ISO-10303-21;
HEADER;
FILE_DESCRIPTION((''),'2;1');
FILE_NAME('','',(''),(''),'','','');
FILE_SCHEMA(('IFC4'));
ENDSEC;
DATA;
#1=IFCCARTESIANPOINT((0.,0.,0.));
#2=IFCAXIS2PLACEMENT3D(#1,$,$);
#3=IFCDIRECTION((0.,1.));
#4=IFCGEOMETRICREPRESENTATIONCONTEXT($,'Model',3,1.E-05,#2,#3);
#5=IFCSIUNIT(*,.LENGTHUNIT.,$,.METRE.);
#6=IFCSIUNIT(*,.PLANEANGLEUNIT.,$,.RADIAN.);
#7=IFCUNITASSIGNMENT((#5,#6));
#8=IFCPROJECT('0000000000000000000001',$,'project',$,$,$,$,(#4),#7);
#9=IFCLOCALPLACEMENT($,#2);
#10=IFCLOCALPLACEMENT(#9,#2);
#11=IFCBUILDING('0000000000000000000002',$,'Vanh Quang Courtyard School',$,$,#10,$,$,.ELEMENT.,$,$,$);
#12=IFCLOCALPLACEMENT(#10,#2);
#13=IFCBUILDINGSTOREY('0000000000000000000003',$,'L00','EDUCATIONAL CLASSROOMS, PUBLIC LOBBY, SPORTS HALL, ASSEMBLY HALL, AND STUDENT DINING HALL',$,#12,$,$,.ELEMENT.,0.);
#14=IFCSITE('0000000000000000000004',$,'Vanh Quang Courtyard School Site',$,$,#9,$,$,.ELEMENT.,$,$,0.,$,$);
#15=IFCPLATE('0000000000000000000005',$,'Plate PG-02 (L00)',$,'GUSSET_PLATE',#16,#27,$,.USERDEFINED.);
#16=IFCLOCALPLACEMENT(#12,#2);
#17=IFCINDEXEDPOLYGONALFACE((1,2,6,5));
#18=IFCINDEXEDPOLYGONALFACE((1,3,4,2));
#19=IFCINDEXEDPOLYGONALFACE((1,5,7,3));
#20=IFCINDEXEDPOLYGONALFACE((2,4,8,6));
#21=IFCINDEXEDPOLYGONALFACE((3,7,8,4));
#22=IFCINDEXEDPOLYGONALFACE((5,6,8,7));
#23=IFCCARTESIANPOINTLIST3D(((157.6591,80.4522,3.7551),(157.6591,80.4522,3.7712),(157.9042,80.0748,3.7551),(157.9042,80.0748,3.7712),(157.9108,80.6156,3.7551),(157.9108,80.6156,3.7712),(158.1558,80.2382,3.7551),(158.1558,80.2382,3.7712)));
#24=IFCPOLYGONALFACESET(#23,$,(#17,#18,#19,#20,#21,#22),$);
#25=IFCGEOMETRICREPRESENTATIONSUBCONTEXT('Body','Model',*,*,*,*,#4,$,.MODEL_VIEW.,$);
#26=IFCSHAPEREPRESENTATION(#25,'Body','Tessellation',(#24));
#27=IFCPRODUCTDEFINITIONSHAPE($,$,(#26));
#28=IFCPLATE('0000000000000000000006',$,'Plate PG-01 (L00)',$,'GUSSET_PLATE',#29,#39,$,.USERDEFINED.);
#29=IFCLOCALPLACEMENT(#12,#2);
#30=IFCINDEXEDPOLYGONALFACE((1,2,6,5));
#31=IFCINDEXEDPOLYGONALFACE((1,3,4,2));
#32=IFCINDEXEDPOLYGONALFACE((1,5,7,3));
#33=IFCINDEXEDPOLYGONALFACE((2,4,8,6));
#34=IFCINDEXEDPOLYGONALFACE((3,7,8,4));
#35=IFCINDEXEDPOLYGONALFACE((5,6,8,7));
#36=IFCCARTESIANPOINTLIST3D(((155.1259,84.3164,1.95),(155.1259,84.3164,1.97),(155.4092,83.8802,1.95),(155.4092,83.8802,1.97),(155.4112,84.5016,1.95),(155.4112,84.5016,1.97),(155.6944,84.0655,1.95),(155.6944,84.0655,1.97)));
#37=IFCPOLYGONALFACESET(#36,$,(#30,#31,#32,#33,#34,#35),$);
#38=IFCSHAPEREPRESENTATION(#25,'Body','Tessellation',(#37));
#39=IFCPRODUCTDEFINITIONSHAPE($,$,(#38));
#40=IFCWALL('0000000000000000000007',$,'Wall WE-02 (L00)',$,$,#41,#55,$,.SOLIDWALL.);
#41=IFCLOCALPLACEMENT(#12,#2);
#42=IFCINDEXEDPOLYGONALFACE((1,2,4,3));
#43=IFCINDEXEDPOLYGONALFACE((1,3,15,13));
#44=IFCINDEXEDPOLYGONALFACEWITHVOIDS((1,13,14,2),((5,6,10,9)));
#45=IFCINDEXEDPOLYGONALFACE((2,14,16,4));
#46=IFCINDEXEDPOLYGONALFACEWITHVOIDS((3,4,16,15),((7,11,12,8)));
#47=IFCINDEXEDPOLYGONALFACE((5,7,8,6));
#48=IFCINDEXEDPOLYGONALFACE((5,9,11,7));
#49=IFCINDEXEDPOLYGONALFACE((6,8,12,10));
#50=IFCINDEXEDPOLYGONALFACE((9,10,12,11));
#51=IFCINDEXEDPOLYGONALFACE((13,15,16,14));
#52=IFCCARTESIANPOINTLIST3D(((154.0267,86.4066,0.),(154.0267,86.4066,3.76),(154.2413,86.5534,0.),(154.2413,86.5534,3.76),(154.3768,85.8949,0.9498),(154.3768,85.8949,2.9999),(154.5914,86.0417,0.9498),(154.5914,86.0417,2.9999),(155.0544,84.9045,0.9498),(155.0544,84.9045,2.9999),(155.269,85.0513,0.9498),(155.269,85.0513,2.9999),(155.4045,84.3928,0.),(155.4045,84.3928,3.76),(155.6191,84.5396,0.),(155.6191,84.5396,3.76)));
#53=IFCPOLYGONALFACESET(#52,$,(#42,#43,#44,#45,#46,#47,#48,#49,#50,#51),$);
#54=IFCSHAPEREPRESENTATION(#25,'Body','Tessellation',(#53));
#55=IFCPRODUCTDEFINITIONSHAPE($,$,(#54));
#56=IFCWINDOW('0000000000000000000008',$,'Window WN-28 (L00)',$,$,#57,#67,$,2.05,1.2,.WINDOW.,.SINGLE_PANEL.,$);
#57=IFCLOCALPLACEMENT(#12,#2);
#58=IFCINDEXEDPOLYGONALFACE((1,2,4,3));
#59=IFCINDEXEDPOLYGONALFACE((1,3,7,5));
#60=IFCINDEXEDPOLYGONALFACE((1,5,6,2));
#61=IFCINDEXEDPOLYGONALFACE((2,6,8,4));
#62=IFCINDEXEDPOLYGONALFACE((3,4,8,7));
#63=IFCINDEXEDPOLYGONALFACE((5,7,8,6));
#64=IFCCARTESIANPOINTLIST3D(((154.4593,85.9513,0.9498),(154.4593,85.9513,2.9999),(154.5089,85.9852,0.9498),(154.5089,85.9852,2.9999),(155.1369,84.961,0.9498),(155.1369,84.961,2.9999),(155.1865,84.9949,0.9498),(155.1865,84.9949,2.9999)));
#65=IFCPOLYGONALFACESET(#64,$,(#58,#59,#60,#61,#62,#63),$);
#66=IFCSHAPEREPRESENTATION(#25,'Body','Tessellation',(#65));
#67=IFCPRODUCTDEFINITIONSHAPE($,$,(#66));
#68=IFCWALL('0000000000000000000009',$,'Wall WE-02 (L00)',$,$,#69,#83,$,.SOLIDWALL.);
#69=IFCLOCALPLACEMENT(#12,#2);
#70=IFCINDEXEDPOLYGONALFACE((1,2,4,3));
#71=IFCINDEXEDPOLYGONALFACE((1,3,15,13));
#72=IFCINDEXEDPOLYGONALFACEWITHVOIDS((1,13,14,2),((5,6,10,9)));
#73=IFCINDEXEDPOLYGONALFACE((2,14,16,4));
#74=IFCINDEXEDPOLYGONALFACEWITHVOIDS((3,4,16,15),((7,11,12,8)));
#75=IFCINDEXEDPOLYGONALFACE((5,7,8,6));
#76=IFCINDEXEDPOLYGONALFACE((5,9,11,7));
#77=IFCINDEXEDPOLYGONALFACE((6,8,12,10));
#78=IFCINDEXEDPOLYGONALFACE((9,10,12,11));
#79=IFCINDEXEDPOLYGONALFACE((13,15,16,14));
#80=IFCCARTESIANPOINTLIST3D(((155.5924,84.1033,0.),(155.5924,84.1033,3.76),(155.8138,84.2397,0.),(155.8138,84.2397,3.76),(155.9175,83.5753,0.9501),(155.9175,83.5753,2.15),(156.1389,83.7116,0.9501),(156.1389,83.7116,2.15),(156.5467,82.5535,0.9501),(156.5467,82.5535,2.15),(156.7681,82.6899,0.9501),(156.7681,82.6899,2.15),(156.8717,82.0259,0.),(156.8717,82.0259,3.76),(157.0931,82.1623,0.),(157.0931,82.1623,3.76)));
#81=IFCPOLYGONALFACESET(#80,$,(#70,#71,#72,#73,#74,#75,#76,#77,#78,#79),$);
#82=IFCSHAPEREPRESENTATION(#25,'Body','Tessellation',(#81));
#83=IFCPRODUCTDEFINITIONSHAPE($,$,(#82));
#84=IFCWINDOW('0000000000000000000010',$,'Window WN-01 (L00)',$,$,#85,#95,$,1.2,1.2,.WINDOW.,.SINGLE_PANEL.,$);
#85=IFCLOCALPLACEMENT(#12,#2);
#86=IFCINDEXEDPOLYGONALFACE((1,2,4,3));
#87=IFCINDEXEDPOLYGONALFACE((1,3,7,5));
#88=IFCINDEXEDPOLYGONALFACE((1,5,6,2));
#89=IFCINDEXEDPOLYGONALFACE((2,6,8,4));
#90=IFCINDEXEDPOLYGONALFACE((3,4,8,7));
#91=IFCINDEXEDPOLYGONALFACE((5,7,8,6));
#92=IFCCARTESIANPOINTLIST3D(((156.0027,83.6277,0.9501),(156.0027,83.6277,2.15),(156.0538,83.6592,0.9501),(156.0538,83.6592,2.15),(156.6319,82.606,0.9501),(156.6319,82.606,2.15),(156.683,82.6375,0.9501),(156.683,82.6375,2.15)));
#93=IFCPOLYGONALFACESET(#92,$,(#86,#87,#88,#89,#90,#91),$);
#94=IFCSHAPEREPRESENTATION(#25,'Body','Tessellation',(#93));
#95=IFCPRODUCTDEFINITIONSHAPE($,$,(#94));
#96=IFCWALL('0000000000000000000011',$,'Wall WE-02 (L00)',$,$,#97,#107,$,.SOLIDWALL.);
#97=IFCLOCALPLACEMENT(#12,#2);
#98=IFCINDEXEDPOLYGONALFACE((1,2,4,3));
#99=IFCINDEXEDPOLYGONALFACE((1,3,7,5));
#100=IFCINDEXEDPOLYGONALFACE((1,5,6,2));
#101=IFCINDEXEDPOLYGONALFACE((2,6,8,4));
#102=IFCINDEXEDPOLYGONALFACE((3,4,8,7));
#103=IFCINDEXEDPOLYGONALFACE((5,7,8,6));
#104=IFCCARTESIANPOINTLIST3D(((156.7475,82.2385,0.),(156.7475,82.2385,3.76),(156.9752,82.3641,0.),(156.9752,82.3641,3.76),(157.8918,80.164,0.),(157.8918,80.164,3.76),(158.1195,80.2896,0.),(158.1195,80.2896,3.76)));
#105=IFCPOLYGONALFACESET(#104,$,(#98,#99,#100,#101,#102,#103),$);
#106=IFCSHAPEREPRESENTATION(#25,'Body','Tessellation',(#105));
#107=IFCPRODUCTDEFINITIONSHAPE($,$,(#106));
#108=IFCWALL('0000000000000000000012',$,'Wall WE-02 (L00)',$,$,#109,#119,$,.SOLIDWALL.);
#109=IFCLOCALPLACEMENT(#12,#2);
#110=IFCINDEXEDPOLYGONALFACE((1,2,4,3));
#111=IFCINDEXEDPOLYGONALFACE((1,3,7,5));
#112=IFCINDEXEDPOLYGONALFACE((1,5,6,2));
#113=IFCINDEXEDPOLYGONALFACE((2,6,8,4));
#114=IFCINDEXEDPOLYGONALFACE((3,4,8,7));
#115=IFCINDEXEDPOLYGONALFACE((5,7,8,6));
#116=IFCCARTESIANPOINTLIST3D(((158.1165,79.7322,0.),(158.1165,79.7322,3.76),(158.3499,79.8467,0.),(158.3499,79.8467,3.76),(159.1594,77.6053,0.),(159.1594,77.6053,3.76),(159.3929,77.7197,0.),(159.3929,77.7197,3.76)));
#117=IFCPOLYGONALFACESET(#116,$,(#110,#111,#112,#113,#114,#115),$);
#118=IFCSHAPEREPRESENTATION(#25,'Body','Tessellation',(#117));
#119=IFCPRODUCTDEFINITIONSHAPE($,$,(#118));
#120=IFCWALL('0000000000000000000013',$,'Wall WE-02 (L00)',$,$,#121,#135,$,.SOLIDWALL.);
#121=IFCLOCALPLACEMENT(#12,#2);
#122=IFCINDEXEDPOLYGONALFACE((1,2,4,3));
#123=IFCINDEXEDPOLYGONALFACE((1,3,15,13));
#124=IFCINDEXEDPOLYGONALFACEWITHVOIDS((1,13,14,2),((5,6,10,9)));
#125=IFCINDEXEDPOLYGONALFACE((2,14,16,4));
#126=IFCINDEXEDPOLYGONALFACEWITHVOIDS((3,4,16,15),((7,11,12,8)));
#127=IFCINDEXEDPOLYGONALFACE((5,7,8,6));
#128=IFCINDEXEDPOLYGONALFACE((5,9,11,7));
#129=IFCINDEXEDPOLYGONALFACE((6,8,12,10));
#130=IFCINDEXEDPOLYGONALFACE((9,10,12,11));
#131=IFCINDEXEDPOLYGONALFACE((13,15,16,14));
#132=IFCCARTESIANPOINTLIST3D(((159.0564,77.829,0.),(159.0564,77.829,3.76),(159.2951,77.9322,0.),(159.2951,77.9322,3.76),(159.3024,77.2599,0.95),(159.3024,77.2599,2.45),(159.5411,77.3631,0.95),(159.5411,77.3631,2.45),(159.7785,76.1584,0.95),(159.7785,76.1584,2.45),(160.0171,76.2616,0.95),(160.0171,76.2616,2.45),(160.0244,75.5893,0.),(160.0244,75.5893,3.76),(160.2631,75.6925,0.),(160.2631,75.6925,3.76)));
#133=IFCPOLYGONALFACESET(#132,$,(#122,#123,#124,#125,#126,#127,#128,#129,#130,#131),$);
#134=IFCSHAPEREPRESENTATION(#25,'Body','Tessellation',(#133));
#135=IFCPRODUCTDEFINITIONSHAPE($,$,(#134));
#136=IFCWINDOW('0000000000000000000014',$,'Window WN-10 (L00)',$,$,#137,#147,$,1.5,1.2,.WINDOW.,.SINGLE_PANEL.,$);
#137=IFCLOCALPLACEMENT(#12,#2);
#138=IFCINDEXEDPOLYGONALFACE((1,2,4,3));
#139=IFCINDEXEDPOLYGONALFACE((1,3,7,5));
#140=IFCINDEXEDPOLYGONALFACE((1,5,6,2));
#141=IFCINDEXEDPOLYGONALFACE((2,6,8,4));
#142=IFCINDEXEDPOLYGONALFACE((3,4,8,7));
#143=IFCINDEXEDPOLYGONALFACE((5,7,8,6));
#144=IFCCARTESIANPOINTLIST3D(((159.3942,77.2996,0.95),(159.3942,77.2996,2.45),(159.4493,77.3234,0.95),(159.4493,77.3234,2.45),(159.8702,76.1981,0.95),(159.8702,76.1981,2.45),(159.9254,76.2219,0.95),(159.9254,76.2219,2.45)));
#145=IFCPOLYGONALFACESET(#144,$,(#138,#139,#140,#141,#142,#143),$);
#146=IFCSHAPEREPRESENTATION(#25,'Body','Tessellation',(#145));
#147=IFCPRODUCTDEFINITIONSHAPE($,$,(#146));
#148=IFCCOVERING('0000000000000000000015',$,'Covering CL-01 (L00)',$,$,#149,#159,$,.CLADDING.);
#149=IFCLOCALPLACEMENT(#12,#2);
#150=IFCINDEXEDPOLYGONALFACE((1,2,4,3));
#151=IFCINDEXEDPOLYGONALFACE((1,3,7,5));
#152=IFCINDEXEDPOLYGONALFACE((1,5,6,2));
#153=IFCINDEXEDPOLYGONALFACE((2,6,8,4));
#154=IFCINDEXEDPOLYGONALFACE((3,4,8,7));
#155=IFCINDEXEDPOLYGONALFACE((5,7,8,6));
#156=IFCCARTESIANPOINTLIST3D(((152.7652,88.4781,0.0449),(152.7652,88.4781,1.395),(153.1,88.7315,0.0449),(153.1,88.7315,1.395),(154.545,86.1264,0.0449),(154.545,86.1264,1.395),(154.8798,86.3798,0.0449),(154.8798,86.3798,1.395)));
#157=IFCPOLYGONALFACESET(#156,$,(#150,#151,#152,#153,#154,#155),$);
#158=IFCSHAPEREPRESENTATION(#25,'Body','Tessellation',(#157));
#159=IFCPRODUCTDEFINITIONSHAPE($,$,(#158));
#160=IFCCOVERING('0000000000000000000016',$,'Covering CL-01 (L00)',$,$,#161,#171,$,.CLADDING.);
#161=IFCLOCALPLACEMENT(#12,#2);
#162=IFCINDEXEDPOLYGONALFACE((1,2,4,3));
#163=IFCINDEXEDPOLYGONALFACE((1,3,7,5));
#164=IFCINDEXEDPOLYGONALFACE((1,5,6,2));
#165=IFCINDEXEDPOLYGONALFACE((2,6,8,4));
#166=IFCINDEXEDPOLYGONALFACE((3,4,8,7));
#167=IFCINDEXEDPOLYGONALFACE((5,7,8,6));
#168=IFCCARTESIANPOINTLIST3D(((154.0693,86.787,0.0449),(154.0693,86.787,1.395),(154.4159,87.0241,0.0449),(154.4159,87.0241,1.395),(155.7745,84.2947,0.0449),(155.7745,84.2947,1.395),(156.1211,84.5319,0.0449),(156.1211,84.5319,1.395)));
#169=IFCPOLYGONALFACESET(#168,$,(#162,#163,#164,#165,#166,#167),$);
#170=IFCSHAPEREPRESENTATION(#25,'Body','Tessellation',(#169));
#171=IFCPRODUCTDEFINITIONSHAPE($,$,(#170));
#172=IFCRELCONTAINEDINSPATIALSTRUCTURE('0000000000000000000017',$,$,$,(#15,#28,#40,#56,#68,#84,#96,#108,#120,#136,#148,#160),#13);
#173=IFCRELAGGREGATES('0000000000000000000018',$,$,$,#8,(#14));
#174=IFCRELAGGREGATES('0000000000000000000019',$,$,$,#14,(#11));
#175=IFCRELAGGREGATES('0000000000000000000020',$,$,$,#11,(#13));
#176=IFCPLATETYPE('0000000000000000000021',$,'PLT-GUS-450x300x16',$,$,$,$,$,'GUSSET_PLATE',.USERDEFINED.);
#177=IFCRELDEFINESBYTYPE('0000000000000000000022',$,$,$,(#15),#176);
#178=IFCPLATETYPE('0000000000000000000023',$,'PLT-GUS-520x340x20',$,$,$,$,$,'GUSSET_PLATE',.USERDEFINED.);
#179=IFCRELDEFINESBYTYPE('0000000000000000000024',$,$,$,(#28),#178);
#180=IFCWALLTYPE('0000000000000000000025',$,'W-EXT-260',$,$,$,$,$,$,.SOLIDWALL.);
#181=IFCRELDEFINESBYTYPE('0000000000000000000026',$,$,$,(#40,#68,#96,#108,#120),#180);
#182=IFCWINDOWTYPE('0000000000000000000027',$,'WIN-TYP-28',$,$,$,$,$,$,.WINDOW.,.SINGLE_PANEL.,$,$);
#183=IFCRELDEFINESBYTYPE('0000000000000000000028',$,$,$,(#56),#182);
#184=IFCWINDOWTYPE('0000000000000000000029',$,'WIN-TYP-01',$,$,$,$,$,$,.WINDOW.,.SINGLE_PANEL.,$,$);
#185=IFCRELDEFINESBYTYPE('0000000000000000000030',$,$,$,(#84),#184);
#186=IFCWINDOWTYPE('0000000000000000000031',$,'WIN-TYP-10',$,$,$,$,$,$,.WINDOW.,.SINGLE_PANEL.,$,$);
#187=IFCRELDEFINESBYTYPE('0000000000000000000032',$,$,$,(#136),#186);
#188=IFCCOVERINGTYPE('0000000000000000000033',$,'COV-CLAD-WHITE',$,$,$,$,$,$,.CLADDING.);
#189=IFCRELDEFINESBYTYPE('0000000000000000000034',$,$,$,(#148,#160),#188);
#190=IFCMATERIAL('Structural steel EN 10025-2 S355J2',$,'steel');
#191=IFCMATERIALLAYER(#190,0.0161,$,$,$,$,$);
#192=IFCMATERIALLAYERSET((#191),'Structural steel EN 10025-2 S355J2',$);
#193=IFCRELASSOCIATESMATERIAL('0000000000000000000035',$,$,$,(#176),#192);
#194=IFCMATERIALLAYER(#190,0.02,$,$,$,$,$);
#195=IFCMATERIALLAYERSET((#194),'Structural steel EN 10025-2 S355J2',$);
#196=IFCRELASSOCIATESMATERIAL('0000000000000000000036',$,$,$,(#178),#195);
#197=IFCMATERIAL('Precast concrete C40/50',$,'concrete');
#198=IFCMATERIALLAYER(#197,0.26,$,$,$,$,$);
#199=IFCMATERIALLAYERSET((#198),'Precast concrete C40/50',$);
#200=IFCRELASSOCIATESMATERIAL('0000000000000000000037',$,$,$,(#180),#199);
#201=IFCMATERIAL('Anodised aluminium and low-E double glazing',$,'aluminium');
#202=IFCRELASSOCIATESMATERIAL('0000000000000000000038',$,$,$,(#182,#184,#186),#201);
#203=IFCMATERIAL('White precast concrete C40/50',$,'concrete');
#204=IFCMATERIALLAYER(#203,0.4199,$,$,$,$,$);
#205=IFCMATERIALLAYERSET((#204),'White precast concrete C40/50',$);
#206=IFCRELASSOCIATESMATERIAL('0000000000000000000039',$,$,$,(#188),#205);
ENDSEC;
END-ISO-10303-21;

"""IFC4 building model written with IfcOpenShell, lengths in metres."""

from ifc_helpers import new_model, si_unit, direction, frame, frame_2d, origin, origin_2d, place, context, subcontext, project, spatial, rectangle, extrude, material, layer, layer_set, type_object, element, fill, save


model = new_model("IFC4")

# Units and contexts
model_context = context("Model", 3, precision=1e-05, world=origin(), true_north=direction((0.0, 1.0)))
body_context = subcontext(model_context, "Body", "Model", "MODEL_VIEW")
ifc_project = project(units=[si_unit("LENGTHUNIT", "METRE"), si_unit("PLANEANGLEUNIT", "RADIAN")], contexts=[model_context])

# Site, building, storey
site_placement = place(None, origin())
site = spatial("IfcSite", under=ifc_project, at=site_placement, Name="Vanh Quang Courtyard School Site", CompositionType="ELEMENT", RefElevation=0.0)
building_placement = place(site_placement, origin())
building = spatial("IfcBuilding", under=site, at=building_placement, Name="Vanh Quang Courtyard School", CompositionType="ELEMENT")
storey_placement = place(building_placement, origin())
storey = spatial("IfcBuildingStorey", under=building, at=storey_placement, Name="L00", Description="EDUCATIONAL CLASSROOMS, PUBLIC LOBBY, SPORTS HALL, ASSEMBLY HALL, AND STUDENT DINING HALL", CompositionType="ELEMENT", Elevation=0.0)

# Shared definitions
ifc_material_1 = material(Name="Structural steel EN 10025-2 S355J2", Category="steel")

# Plates
ifc_layer_1 = layer(ifc_material_1, 0.0161)
ifc_layer_set_1 = layer_set([ifc_layer_1], Name="Structural steel EN 10025-2 S355J2")
plate_type_1 = type_object("IfcPlateType", Name="PLT-GUS-450x300x16", ElementType="GUSSET_PLATE", PredefinedType="USERDEFINED", material=ifc_layer_set_1)
for number, where, z_axis, x_axis, name in (
    (1, (157.9075, 80.3452, 3.7551), (0.0, 0.0, 1.0), (-0.544639, 0.838671, 0.0), "Plate PG-02 (L00)"),
):
    element("IfcPlate", number, at=place(storey_placement, frame(where, z_axis=z_axis, x_axis=x_axis)), inside=storey, type_object=plate_type_1, Name=name, ObjectType="GUSSET_PLATE", PredefinedType="USERDEFINED", context=body_context, shape_type="SweptSolid", body=[
        extrude(rectangle(XDim=0.45, YDim=0.3, at=origin_2d()), origin(), (0.0, 0.0, 1.0), 0.0161),
    ])
ifc_layer_2 = layer(ifc_material_1, 0.02)
ifc_layer_set_2 = layer_set([ifc_layer_2], Name="Structural steel EN 10025-2 S355J2")
plate_type_2 = type_object("IfcPlateType", Name="PLT-GUS-520x340x20", ElementType="GUSSET_PLATE", PredefinedType="USERDEFINED", material=ifc_layer_set_2)
plate_1_placement = place(storey_placement, frame((155.4102, 84.1909, 1.95), z_axis=(0.0, 0.0, 1.0), x_axis=(-0.544639, 0.838671, 0.0)))
element("IfcPlate", 2, at=plate_1_placement, inside=storey, type_object=plate_type_2, Name="Plate PG-01 (L00)", ObjectType="GUSSET_PLATE", PredefinedType="USERDEFINED", context=body_context, shape_type="SweptSolid", body=[
    extrude(rectangle(XDim=0.52, YDim=0.3401, at=origin_2d()), origin(), (0.0, 0.0, 1.0), 0.02),
])

# Walls, openings, windows
ifc_material_2 = material(Name="Precast concrete C40/50", Category="concrete")
ifc_layer_3 = layer(ifc_material_2, 0.26)
ifc_layer_set_3 = layer_set([ifc_layer_3], Name="Precast concrete C40/50")
wall_type = type_object("IfcWallType", Name="W-EXT-260", PredefinedType="SOLIDWALL", material=ifc_layer_set_3)
wall_1_placement = place(storey_placement, frame((154.134, 86.48, 0.0), z_axis=(0.0, 0.0, 1.0), x_axis=(0.564659, -0.825324, 0.0)))
wall_1 = element("IfcWall", 3, at=wall_1_placement, inside=storey, type_object=wall_type, Name="Wall WE-02 (L00)", PredefinedType="SOLIDWALL", context=body_context, shape_type="SweptSolid", body=[
    extrude(rectangle(XDim=2.4399, YDim=0.26, at=frame_2d((1.22, 0.0))), origin(), (0.0, 0.0, 1.0), 3.76),
])
opening_1_placement = place(wall_1_placement, frame((0.6199, 0.0, 0.95)))
opening_1 = element("IfcOpeningElement", 4, at=opening_1_placement, cuts=wall_1, PredefinedType="OPENING", context=body_context, shape_type="SweptSolid", body=[
    extrude(rectangle(XDim=1.2, YDim=2.05, at=frame_2d((0.6001, 1.0249))), frame((0.0, 0.1401, 0.0), z_axis=(0.0, -1.0, 0.0), x_axis=(1.0, 0.0, 0.0)), (0.0, 0.0, 1.0), 0.28),
])
ifc_material_3 = material(Name="Anodised aluminium and low-E double glazing", Category="aluminium")
window_type_1 = type_object("IfcWindowType", Name="WIN-TYP-28", PartitioningType="SINGLE_PANEL", PredefinedType="WINDOW", material=ifc_material_3)
window_1_placement = place(opening_1_placement, origin())
window_1 = element("IfcWindow", 5, at=window_1_placement, inside=storey, type_object=window_type_1, Name="Window WN-28 (L00)", OverallHeight=2.05, OverallWidth=1.2, PartitioningType="SINGLE_PANEL", PredefinedType="WINDOW", context=body_context, shape_type="SweptSolid", body=[
    extrude(rectangle(XDim=1.2, YDim=2.05, at=frame_2d((0.6001, 1.0249))), frame((0.0, 0.03, 0.0), z_axis=(0.0, -1.0, 0.0), x_axis=(1.0, 0.0, 0.0)), (0.0, 0.0, 1.0), 0.0601),
])
fill(opening_1, window_1)
wall_2_placement = place(storey_placement, frame((155.7031, 84.1714, 0.0), z_axis=(0.0, 0.0, 1.0), x_axis=(0.524365, -0.851493, 0.0)))
wall_2 = element("IfcWall", 6, at=wall_2_placement, inside=storey, type_object=wall_type, Name="Wall WE-02 (L00)", PredefinedType="SOLIDWALL", context=body_context, shape_type="SweptSolid", body=[
    extrude(rectangle(XDim=2.4397, YDim=0.26, at=frame_2d((1.2197, 0.0))), origin(), (0.0, 0.0, 1.0), 3.76),
])
opening_2_placement = place(wall_2_placement, frame((0.6199, 0.0, 0.95)))
opening_2 = element("IfcOpeningElement", 7, at=opening_2_placement, cuts=wall_2, PredefinedType="OPENING", context=body_context, shape_type="SweptSolid", body=[
    extrude(rectangle(XDim=1.2, YDim=1.2, at=frame_2d((0.6001, 0.6001))), frame((0.0, 0.1401, 0.0), z_axis=(0.0, -1.0, 0.0), x_axis=(1.0, 0.0, 0.0)), (0.0, 0.0, 1.0), 0.28),
])
window_type_2 = type_object("IfcWindowType", Name="WIN-TYP-01", PartitioningType="SINGLE_PANEL", PredefinedType="WINDOW", material=ifc_material_3)
window_2_placement = place(opening_2_placement, origin())
window_2 = element("IfcWindow", 8, at=window_2_placement, inside=storey, type_object=window_type_2, Name="Window WN-01 (L00)", OverallHeight=1.2, OverallWidth=1.2, PartitioningType="SINGLE_PANEL", PredefinedType="WINDOW", context=body_context, shape_type="SweptSolid", body=[
    extrude(rectangle(XDim=1.2, YDim=1.2, at=frame_2d((0.6001, 0.6001))), frame((0.0, 0.03, 0.0), z_axis=(0.0, -1.0, 0.0), x_axis=(1.0, 0.0, 0.0)), (0.0, 0.0, 1.0), 0.0601),
])
fill(opening_2, window_2)

# Walls
wall_3_placement = place(storey_placement, frame((156.8613, 82.3013, 0.0), z_axis=(0.0, 0.0, 1.0), x_axis=(0.482998, -0.875621, 0.0)))
element("IfcWall", 9, at=wall_3_placement, inside=storey, type_object=wall_type, Name="Wall WE-02 (L00)", PredefinedType="SOLIDWALL", context=body_context, shape_type="SweptSolid", body=[
    extrude(rectangle(XDim=2.3691, YDim=0.26, at=frame_2d((1.1846, 0.0))), origin(), (0.0, 0.0, 1.0), 3.76),
])
wall_4_placement = place(storey_placement, frame((158.2332, 79.7896, 0.0), z_axis=(0.0, 0.0, 1.0), x_axis=(0.440275, -0.897863, 0.0)))
element("IfcWall", 10, at=wall_4_placement, inside=storey, type_object=wall_type, Name="Wall WE-02 (L00)", PredefinedType="SOLIDWALL", context=body_context, shape_type="SweptSolid", body=[
    extrude(rectangle(XDim=2.3689, YDim=0.26, at=frame_2d((1.1846, 0.0))), origin(), (0.0, 0.0, 1.0), 3.76),
])

# Wall, opening, window
wall_5_placement = place(storey_placement, frame((159.1758, 77.8806, 0.0), z_axis=(0.0, 0.0, 1.0), x_axis=(0.396731, -0.917935, 0.0)))
wall_5 = element("IfcWall", 11, at=wall_5_placement, inside=storey, type_object=wall_type, Name="Wall WE-02 (L00)", PredefinedType="SOLIDWALL", context=body_context, shape_type="SweptSolid", body=[
    extrude(rectangle(XDim=2.4399, YDim=0.26, at=frame_2d((1.22, 0.0))), origin(), (0.0, 0.0, 1.0), 3.76),
])
opening_3_placement = place(wall_5_placement, frame((0.6199, 0.0, 0.95)))
opening_3 = element("IfcOpeningElement", 12, at=opening_3_placement, cuts=wall_5, PredefinedType="OPENING", context=body_context, shape_type="SweptSolid", body=[
    extrude(rectangle(XDim=1.2, YDim=1.5, at=frame_2d((0.6001, 0.75))), frame((0.0, 0.1401, 0.0), z_axis=(0.0, -1.0, 0.0), x_axis=(1.0, 0.0, 0.0)), (0.0, 0.0, 1.0), 0.28),
])
window_type_3 = type_object("IfcWindowType", Name="WIN-TYP-10", PartitioningType="SINGLE_PANEL", PredefinedType="WINDOW", material=ifc_material_3)
window_3_placement = place(opening_3_placement, origin())
window_3 = element("IfcWindow", 13, at=window_3_placement, inside=storey, type_object=window_type_3, Name="Window WN-10 (L00)", OverallHeight=1.5, OverallWidth=1.2, PartitioningType="SINGLE_PANEL", PredefinedType="WINDOW", context=body_context, shape_type="SweptSolid", body=[
    extrude(rectangle(XDim=1.2, YDim=1.5, at=frame_2d((0.6001, 0.75))), frame((0.0, 0.03, 0.0), z_axis=(0.0, -1.0, 0.0), x_axis=(1.0, 0.0, 0.0)), (0.0, 0.0, 1.0), 0.0601),
])
fill(opening_3, window_3)

# Coverings
ifc_material_4 = material(Name="White precast concrete C40/50", Category="concrete")
ifc_layer_4 = layer(ifc_material_4, 0.4199)
ifc_layer_set_4 = layer_set([ifc_layer_4], Name="White precast concrete C40/50")
covering_type = type_object("IfcCoveringType", Name="COV-CLAD-WHITE", PredefinedType="CLADDING", material=ifc_layer_set_4)
covering_1_placement = place(storey_placement, frame((153.8225, 87.429, 0.0449), z_axis=(0.0, 0.0, 1.0), x_axis=(0.603486, -0.797373, 0.0)))
element("IfcCovering", 14, at=covering_1_placement, inside=storey, type_object=covering_type, Name="Covering CL-01 (L00)", PredefinedType="CLADDING", context=body_context, shape_type="SweptSolid", body=[
    extrude(rectangle(XDim=2.9492, YDim=0.4199, at=origin_2d()), origin(), (0.0, 0.0, 1.0), 1.3501),
])
for number, where, z_axis, x_axis, name in (
    (15, (155.0952, 85.6594, 0.0449), (0.0, 0.0, 1.0), (0.564679, -0.825311, 0.0), "Covering CL-01 (L00)"),
):
    element("IfcCovering", number, at=place(storey_placement, frame(where, z_axis=z_axis, x_axis=x_axis)), inside=storey, type_object=covering_type, Name=name, PredefinedType="CLADDING", context=body_context, shape_type="SweptSolid", body=[
        extrude(rectangle(XDim=3.0198, YDim=0.4199, at=origin_2d()), origin(), (0.0, 0.0, 1.0), 1.3501),
    ])

save(model, "model.ifc")
